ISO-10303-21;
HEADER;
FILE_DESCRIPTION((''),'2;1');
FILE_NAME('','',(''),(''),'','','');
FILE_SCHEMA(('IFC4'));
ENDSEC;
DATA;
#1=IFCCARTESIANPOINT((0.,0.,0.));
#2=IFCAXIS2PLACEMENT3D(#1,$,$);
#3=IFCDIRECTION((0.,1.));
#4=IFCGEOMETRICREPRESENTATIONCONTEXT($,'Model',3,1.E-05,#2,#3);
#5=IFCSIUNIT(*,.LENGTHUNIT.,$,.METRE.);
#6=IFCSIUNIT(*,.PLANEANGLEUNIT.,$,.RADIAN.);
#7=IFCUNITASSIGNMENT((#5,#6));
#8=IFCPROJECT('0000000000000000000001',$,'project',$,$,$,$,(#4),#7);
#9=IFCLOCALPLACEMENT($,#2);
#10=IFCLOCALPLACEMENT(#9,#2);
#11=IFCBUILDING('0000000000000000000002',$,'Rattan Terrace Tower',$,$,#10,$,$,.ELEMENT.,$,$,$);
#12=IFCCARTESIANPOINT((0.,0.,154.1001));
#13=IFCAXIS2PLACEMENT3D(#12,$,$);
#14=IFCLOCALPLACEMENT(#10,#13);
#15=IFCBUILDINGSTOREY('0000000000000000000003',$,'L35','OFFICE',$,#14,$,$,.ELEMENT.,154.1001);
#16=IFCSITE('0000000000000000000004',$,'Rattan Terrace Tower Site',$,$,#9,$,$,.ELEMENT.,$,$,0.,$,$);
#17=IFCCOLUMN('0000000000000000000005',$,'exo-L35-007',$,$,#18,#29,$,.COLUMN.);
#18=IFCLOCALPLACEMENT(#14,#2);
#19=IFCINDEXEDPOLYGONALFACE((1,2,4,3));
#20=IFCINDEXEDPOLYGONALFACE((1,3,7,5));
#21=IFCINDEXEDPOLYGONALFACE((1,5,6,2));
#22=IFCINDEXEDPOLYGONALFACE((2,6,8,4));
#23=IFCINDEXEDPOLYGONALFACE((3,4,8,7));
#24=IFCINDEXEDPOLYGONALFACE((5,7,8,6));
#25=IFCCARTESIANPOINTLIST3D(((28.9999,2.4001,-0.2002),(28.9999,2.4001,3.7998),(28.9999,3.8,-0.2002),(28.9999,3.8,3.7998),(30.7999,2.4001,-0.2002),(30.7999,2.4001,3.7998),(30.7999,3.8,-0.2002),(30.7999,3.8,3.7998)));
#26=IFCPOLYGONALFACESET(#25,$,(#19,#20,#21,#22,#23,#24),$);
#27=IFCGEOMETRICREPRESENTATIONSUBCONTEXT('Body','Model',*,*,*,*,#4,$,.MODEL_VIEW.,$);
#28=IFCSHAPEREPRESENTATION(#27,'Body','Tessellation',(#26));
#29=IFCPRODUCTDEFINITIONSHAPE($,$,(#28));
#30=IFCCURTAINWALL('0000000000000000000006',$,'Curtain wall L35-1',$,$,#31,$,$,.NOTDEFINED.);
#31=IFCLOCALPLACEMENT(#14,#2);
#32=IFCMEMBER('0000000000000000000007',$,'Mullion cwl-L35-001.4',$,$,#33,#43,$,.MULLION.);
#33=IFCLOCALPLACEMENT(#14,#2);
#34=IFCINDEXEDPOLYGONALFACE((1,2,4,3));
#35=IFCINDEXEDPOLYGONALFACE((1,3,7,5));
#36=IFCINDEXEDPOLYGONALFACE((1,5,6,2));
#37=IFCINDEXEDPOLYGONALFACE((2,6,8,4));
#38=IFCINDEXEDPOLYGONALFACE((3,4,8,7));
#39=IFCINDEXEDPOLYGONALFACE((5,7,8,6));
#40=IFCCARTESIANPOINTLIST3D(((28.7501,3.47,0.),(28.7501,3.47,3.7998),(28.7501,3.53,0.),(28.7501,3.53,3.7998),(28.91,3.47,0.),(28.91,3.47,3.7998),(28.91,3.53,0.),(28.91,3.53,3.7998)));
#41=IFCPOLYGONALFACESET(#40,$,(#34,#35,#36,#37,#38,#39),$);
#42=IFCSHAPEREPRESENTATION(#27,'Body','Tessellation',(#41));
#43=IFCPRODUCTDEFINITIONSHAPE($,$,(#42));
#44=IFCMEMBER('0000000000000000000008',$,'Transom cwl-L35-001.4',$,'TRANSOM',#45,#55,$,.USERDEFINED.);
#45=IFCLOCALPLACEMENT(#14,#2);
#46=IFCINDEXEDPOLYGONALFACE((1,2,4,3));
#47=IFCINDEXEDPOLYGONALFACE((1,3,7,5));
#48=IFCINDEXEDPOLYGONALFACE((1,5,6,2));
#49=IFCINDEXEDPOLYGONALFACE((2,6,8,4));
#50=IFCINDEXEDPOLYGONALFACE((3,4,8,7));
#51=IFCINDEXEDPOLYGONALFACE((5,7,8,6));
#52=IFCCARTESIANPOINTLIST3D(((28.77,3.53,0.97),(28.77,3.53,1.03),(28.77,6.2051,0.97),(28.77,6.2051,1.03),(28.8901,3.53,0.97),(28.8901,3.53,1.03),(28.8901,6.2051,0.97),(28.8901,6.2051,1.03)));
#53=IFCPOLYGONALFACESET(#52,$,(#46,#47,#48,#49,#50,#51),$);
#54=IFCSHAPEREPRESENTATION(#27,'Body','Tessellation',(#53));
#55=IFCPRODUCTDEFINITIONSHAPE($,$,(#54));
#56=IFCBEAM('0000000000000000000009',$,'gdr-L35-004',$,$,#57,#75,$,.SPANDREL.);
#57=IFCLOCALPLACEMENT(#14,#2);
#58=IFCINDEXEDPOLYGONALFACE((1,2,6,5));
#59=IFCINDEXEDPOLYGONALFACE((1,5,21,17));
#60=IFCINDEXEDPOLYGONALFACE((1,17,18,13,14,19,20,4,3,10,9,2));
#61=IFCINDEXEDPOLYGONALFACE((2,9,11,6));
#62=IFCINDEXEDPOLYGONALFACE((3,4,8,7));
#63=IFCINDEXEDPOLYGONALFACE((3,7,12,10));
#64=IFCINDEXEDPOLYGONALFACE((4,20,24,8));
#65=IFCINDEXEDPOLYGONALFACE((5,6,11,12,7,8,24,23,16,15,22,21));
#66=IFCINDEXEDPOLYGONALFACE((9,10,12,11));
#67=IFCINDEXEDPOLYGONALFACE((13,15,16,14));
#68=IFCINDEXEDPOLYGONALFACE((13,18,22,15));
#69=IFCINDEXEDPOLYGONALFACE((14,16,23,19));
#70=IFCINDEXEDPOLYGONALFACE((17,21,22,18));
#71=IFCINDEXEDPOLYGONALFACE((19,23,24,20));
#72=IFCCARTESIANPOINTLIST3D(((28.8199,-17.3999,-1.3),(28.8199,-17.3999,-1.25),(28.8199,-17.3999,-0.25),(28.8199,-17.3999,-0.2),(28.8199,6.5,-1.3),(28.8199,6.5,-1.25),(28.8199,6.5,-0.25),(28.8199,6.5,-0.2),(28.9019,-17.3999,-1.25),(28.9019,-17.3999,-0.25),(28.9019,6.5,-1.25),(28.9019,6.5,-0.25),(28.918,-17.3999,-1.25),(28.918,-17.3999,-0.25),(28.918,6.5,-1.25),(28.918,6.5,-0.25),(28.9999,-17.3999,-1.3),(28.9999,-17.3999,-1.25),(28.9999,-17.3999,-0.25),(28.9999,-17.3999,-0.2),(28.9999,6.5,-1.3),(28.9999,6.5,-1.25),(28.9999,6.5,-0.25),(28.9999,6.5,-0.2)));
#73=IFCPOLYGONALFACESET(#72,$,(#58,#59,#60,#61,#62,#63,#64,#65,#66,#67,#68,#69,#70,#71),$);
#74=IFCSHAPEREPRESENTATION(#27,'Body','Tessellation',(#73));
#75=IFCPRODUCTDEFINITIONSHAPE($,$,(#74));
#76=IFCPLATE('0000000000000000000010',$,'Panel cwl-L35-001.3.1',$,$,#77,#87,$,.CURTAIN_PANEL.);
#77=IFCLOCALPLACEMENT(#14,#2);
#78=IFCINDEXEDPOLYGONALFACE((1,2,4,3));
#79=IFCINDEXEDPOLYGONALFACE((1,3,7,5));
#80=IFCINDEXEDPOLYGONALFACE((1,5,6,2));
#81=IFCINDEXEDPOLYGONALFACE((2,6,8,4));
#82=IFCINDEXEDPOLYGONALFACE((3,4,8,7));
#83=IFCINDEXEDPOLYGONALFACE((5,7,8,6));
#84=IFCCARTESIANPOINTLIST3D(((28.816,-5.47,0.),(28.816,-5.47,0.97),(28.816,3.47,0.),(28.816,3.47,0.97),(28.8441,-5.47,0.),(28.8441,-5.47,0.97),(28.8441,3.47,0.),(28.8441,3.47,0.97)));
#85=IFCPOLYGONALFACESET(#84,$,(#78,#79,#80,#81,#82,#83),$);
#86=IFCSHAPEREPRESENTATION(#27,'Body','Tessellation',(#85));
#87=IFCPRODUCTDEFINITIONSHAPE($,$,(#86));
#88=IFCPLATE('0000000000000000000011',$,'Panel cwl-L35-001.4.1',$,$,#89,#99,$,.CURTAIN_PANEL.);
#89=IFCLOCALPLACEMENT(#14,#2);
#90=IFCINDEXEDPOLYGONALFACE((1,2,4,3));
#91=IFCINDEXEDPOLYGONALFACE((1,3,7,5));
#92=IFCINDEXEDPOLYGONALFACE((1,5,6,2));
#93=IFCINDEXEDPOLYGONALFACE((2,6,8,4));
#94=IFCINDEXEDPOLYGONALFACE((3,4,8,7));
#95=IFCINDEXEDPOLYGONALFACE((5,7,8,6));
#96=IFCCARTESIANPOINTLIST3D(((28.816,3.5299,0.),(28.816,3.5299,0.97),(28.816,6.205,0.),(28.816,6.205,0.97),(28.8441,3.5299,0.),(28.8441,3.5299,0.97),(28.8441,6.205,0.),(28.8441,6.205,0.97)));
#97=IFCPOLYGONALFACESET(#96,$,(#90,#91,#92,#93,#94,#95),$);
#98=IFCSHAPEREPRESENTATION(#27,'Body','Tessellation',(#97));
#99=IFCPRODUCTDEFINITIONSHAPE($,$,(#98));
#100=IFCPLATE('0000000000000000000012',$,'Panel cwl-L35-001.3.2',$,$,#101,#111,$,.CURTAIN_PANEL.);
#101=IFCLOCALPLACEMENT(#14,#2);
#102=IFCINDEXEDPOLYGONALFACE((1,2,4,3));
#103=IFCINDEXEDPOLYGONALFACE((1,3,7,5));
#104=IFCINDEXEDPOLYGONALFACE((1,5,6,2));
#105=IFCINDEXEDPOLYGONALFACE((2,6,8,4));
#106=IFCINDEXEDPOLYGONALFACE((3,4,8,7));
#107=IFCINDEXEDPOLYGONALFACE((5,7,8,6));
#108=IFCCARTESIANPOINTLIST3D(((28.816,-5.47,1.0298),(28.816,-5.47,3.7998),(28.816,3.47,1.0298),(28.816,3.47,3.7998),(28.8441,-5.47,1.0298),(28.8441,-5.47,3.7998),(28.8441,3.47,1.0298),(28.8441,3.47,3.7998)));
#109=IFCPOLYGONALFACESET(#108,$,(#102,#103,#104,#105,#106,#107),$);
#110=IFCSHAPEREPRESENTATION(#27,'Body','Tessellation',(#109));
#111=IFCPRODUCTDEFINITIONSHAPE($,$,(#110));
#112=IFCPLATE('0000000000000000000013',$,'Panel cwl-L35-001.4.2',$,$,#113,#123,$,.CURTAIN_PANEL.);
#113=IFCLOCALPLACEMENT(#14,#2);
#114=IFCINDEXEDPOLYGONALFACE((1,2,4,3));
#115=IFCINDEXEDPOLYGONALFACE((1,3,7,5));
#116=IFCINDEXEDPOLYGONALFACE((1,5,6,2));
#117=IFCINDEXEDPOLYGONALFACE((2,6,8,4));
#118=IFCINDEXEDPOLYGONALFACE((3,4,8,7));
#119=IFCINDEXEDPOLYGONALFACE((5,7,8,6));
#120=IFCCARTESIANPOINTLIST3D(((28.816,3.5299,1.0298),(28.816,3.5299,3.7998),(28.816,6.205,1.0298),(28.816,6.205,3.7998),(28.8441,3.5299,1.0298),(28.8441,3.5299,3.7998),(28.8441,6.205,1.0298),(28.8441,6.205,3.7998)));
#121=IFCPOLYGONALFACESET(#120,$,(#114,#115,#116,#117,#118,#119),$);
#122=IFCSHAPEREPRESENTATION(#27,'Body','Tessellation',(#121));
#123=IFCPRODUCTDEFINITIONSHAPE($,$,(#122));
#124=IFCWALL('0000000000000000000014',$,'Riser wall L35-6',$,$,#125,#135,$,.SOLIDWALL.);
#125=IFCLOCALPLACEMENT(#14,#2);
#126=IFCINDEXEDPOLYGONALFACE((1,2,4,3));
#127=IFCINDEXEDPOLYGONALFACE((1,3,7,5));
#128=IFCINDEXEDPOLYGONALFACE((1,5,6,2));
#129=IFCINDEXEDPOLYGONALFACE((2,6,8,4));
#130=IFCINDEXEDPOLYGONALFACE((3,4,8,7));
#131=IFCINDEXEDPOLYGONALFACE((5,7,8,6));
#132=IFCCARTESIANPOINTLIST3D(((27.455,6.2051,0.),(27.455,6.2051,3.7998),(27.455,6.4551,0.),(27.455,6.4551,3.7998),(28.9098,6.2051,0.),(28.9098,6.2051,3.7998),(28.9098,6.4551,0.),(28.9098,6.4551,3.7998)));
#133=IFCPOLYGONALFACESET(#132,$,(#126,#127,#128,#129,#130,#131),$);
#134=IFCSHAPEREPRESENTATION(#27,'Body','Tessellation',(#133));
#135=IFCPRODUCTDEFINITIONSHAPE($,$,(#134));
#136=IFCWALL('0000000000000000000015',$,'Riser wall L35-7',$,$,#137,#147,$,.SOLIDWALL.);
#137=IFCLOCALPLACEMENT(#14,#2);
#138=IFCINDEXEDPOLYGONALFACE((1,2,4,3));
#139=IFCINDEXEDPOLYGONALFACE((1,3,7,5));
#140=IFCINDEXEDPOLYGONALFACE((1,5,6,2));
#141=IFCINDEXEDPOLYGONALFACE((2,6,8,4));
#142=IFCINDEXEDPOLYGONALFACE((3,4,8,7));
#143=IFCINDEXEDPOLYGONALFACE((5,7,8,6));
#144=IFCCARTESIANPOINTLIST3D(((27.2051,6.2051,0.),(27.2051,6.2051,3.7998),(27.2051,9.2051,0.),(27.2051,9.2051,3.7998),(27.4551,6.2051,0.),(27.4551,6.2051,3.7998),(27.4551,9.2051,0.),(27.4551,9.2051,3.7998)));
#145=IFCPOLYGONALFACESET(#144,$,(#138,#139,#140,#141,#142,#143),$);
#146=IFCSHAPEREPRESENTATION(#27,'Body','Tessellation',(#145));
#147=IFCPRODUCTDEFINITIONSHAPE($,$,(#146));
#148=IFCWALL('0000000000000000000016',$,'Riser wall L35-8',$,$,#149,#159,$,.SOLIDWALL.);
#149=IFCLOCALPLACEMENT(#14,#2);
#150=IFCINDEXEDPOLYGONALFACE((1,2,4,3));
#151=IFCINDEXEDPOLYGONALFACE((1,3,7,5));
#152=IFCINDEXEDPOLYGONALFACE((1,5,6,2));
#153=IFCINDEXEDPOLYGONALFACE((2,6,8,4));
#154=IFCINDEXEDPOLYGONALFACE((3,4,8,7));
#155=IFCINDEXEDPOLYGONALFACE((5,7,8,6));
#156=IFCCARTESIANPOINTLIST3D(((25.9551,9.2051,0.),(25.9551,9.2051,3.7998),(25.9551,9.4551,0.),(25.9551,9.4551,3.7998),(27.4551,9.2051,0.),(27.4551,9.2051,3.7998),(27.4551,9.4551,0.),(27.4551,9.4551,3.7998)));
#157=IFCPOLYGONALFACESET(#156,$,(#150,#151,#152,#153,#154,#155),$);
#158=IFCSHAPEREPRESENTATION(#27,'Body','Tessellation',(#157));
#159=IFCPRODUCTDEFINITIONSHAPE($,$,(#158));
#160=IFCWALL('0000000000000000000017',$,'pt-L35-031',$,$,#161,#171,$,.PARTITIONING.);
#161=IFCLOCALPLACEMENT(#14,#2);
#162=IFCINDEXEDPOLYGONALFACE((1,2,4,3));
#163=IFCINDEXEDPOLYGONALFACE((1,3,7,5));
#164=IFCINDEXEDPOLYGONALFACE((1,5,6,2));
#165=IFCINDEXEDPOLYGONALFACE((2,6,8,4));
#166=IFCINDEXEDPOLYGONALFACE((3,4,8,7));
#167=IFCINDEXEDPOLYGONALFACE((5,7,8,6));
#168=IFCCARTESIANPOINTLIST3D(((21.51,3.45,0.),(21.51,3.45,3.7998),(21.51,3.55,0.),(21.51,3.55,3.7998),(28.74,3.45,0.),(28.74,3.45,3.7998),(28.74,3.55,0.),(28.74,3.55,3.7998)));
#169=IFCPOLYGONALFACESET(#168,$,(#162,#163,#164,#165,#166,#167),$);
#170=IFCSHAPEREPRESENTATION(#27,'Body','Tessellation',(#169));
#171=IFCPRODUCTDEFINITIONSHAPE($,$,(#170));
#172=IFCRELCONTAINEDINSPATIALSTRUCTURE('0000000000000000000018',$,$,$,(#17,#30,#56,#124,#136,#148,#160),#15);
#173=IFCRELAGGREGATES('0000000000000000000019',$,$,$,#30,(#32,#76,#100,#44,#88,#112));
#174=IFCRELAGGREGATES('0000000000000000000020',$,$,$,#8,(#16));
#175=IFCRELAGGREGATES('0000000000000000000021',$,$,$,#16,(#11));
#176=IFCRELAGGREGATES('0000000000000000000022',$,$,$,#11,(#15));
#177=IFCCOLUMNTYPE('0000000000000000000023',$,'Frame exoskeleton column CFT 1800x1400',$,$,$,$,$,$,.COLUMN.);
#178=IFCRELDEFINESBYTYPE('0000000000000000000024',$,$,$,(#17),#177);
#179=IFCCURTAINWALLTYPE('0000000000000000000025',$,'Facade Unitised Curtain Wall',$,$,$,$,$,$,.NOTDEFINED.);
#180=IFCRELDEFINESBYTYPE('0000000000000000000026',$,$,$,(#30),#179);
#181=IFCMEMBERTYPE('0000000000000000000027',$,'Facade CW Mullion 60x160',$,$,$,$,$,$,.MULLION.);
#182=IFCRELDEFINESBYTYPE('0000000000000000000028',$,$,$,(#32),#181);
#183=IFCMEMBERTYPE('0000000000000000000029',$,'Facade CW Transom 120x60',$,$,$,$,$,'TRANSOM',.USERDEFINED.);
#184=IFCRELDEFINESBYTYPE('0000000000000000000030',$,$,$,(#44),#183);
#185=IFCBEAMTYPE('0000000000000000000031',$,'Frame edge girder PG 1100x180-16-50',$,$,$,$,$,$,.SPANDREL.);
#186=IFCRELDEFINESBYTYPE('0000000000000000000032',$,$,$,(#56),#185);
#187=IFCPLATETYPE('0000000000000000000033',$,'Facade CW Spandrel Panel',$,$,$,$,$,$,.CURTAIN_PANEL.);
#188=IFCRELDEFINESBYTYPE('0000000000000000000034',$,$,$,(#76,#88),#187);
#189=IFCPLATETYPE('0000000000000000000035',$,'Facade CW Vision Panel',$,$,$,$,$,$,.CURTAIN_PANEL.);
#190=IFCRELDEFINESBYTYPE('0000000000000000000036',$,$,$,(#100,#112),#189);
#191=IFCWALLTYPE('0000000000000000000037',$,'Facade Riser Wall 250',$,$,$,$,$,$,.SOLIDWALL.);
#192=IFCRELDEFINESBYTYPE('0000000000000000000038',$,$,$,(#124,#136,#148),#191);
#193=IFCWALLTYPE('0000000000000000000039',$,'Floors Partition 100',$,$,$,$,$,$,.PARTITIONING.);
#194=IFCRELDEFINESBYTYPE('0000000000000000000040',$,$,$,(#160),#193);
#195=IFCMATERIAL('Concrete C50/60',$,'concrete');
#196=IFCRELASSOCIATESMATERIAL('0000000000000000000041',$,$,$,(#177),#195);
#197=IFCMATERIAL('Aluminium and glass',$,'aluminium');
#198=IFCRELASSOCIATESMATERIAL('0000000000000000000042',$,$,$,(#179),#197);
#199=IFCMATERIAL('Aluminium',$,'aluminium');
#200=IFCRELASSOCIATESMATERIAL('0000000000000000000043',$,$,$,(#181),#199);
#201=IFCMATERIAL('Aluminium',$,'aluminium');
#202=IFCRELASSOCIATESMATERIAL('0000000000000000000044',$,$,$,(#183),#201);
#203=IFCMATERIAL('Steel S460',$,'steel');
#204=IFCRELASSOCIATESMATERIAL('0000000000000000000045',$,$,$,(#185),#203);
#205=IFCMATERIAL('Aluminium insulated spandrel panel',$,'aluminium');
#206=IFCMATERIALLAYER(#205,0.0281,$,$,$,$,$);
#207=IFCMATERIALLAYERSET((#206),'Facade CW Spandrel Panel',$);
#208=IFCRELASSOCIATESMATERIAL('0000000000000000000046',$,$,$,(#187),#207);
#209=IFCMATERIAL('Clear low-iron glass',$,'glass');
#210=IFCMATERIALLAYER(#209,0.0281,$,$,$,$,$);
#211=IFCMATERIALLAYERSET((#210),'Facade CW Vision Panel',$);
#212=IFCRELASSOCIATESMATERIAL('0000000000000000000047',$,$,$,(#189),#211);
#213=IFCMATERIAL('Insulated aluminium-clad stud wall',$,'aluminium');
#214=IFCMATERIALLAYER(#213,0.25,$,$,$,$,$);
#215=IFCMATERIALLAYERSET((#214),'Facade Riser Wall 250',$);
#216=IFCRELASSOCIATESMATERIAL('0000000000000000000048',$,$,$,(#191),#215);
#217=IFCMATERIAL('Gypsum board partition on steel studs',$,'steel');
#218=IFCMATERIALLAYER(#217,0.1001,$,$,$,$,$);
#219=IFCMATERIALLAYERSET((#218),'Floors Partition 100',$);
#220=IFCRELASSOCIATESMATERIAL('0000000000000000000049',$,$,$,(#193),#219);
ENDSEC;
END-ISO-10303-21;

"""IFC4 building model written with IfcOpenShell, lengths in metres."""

from ifc_helpers import new_model, si_unit, direction, frame, frame_2d, origin, origin_2d, place, context, subcontext, project, spatial, rectangle, i_section, extrude, material, layer, layer_set, material_profile, profile_set, type_object, element, aggregate, save


model = new_model("IFC4")

# Units and contexts
model_context = context("Model", 3, precision=1e-05, world=origin(), true_north=direction((0.0, 1.0)))
body_context = subcontext(model_context, "Body", "Model", "MODEL_VIEW")
ifc_project = project(units=[si_unit("LENGTHUNIT", "METRE"), si_unit("PLANEANGLEUNIT", "RADIAN")], contexts=[model_context])

# Site, building, storey
site_placement = place(None, origin())
site = spatial("IfcSite", under=ifc_project, at=site_placement, Name="Rattan Terrace Tower Site", CompositionType="ELEMENT", RefElevation=0.0)
building_placement = place(site_placement, origin())
building = spatial("IfcBuilding", under=site, at=building_placement, Name="Rattan Terrace Tower", CompositionType="ELEMENT")
storey_placement = place(building_placement, frame((0.0, 0.0, 154.1001)))
storey = spatial("IfcBuildingStorey", under=building, at=storey_placement, Name="L35", Description="OFFICE", CompositionType="ELEMENT", Elevation=154.1001)

# Column
ifc_material_1 = material(Name="Concrete C50/60", Category="concrete")
ifc_material_profile_1 = material_profile(ifc_material_1, rectangle(XDim=1.3999, YDim=1.8, at=origin_2d()), Name="CFT 1800x1400")
ifc_profile_set_1 = profile_set([ifc_material_profile_1], Name="Concrete C50/60")
column_type = type_object("IfcColumnType", Name="Frame exoskeleton column CFT 1800x1400", PredefinedType="COLUMN", material=ifc_profile_set_1)
column_placement = place(storey_placement, frame((29.8999, 3.1001, -0.2002), z_axis=(0.0, 0.0, 1.0), x_axis=(0.0, 1.0, 0.0)))
element("IfcColumn", 1, at=column_placement, inside=storey, type_object=column_type, Name="exo-L35-007", PredefinedType="COLUMN", context=body_context, shape_type="SweptSolid", body=[
    extrude(rectangle(XDim=1.3999, YDim=1.8, at=origin_2d()), origin(), (0.0, 0.0, 1.0), 4.0),
])

# Curtain wall, members
ifc_material_2 = material(Name="Aluminium and glass", Category="aluminium")
curtain_wall_type = type_object("IfcCurtainWallType", Name="Facade Unitised Curtain Wall", PredefinedType="NOTDEFINED", material=ifc_material_2)
curtain_wall_placement = place(storey_placement, origin())
curtain_wall = element("IfcCurtainWall", 2, at=curtain_wall_placement, inside=storey, type_object=curtain_wall_type, Name="Curtain wall L35-1", PredefinedType="NOTDEFINED")
ifc_material_3 = material(Name="Aluminium", Category="aluminium")
ifc_material_profile_2 = material_profile(ifc_material_3, rectangle(XDim=0.0601, YDim=0.1599, at=origin_2d()), Name="Aluminium 60x160")
ifc_profile_set_2 = profile_set([ifc_material_profile_2], Name="Aluminium")
member_type_1 = type_object("IfcMemberType", Name="Facade CW Mullion 60x160", PredefinedType="MULLION", material=ifc_profile_set_2)
member_1_placement = place(storey_placement, frame((28.8301, 3.5, 0.0), z_axis=(0.0, 0.0, 1.0), x_axis=(0.0, 1.0, 0.0)))
member_1 = element("IfcMember", 3, at=member_1_placement, type_object=member_type_1, Name="Mullion cwl-L35-001.4", PredefinedType="MULLION", context=body_context, shape_type="SweptSolid", body=[
    extrude(rectangle(XDim=0.0601, YDim=0.1599, at=origin_2d()), origin(), (0.0, 0.0, 1.0), 3.7998),
])
ifc_material_4 = material(Name="Aluminium", Category="aluminium")
ifc_material_profile_3 = material_profile(ifc_material_4, rectangle(XDim=0.1201, YDim=0.0601, at=origin_2d()), Name="Aluminium 120x60")
ifc_profile_set_3 = profile_set([ifc_material_profile_3], Name="Aluminium")
member_type_2 = type_object("IfcMemberType", Name="Facade CW Transom 120x60", ElementType="TRANSOM", PredefinedType="USERDEFINED", material=ifc_profile_set_3)
member_2_placement = place(storey_placement, frame((28.8301, 3.53, 1.0), z_axis=(0.0, 1.0, 0.0), x_axis=(-1.0, 0.0, 0.0)))
member_2 = element("IfcMember", 4, at=member_2_placement, type_object=member_type_2, Name="Transom cwl-L35-001.4", ObjectType="TRANSOM", PredefinedType="USERDEFINED", context=body_context, shape_type="SweptSolid", body=[
    extrude(rectangle(XDim=0.1201, YDim=0.0601, at=origin_2d()), origin(), (0.0, 0.0, 1.0), 2.675),
])

# Beam
ifc_material_5 = material(Name="Steel S460", Category="steel")
ifc_material_profile_4 = material_profile(ifc_material_5, i_section(OverallWidth=0.1799, OverallDepth=1.1001, WebThickness=0.0161, FlangeThickness=0.05, at=origin_2d()), Name="PG 1100x180-16-50")
ifc_profile_set_4 = profile_set([ifc_material_profile_4], Name="Steel S460")
beam_type = type_object("IfcBeamType", Name="Frame edge girder PG 1100x180-16-50", PredefinedType="SPANDREL", material=ifc_profile_set_4)
beam_placement = place(storey_placement, frame((28.9099, 6.5, -0.75), z_axis=(0.0, -1.0, 0.0), x_axis=(1.0, 0.0, 0.0)))
element("IfcBeam", 5, at=beam_placement, inside=storey, type_object=beam_type, Name="gdr-L35-004", PredefinedType="SPANDREL", context=body_context, shape_type="SweptSolid", body=[
    extrude(i_section(OverallWidth=0.1799, OverallDepth=1.1001, WebThickness=0.0161, FlangeThickness=0.05, at=origin_2d()), origin(), (0.0, 0.0, 1.0), 23.8999),
])

# Plates
ifc_material_6 = material(Name="Aluminium insulated spandrel panel", Category="aluminium")
ifc_layer_1 = layer(ifc_material_6, 0.0281)
ifc_layer_set_1 = layer_set([ifc_layer_1], Name="Facade CW Spandrel Panel")
plate_type_1 = type_object("IfcPlateType", Name="Facade CW Spandrel Panel", PredefinedType="CURTAIN_PANEL", material=ifc_layer_set_1)
plate_1_placement = place(storey_placement, frame((28.8301, -1.0, 0.0), z_axis=(0.0, 0.0, 1.0), x_axis=(0.0, 1.0, 0.0)))
plate_1 = element("IfcPlate", 6, at=plate_1_placement, type_object=plate_type_1, Name="Panel cwl-L35-001.3.1", PredefinedType="CURTAIN_PANEL", context=body_context, shape_type="SweptSolid", body=[
    extrude(rectangle(XDim=8.9399, YDim=0.0281, at=origin_2d()), origin(), (0.0, 0.0, 1.0), 0.97),
])
plate_2_placement = place(storey_placement, frame((28.8301, 4.8674, 0.0), z_axis=(0.0, 0.0, 1.0), x_axis=(0.0, 1.0, 0.0)))
plate_2 = element("IfcPlate", 7, at=plate_2_placement, type_object=plate_type_1, Name="Panel cwl-L35-001.4.1", PredefinedType="CURTAIN_PANEL", context=body_context, shape_type="SweptSolid", body=[
    extrude(rectangle(XDim=2.675, YDim=0.0281, at=origin_2d()), origin(), (0.0, 0.0, 1.0), 0.97),
])
ifc_material_7 = material(Name="Clear low-iron glass", Category="glass")
ifc_layer_2 = layer(ifc_material_7, 0.0281)
ifc_layer_set_2 = layer_set([ifc_layer_2], Name="Facade CW Vision Panel")
plate_type_2 = type_object("IfcPlateType", Name="Facade CW Vision Panel", PredefinedType="CURTAIN_PANEL", material=ifc_layer_set_2)
plate_3_placement = place(storey_placement, frame((28.8301, -1.0, 1.0298), z_axis=(0.0, 0.0, 1.0), x_axis=(0.0, 1.0, 0.0)))
plate_3 = element("IfcPlate", 8, at=plate_3_placement, type_object=plate_type_2, Name="Panel cwl-L35-001.3.2", PredefinedType="CURTAIN_PANEL", context=body_context, shape_type="SweptSolid", body=[
    extrude(rectangle(XDim=8.9399, YDim=0.0281, at=origin_2d()), origin(), (0.0, 0.0, 1.0), 2.77),
])
plate_4_placement = place(storey_placement, frame((28.8301, 4.8674, 1.0298), z_axis=(0.0, 0.0, 1.0), x_axis=(0.0, 1.0, 0.0)))
plate_4 = element("IfcPlate", 9, at=plate_4_placement, type_object=plate_type_2, Name="Panel cwl-L35-001.4.2", PredefinedType="CURTAIN_PANEL", context=body_context, shape_type="SweptSolid", body=[
    extrude(rectangle(XDim=2.675, YDim=0.0281, at=origin_2d()), origin(), (0.0, 0.0, 1.0), 2.77),
])
aggregate(curtain_wall, [member_1, plate_1, plate_3, member_2, plate_2, plate_4])

# Walls
ifc_material_8 = material(Name="Insulated aluminium-clad stud wall", Category="aluminium")
ifc_layer_3 = layer(ifc_material_8, 0.25)
ifc_layer_set_3 = layer_set([ifc_layer_3], Name="Facade Riser Wall 250")
wall_type_1 = type_object("IfcWallType", Name="Facade Riser Wall 250", PredefinedType="SOLIDWALL", material=ifc_layer_set_3)
wall_1_placement = place(storey_placement, frame((28.9099, 6.3301, 0.0), z_axis=(0.0, 0.0, 1.0), x_axis=(-1.0, 0.0, 0.0)))
element("IfcWall", 10, at=wall_1_placement, inside=storey, type_object=wall_type_1, Name="Riser wall L35-6", PredefinedType="SOLIDWALL", context=body_context, shape_type="SweptSolid", body=[
    extrude(rectangle(XDim=1.4548, YDim=0.25, at=frame_2d((0.7275, 0.0))), origin(), (0.0, 0.0, 1.0), 3.7998),
])
wall_2_placement = place(storey_placement, frame((27.3301, 6.2051, 0.0), z_axis=(0.0, 0.0, 1.0), x_axis=(0.0, 1.0, 0.0)))
element("IfcWall", 11, at=wall_2_placement, inside=storey, type_object=wall_type_1, Name="Riser wall L35-7", PredefinedType="SOLIDWALL", context=body_context, shape_type="SweptSolid", body=[
    extrude(rectangle(XDim=3.0, YDim=0.25, at=frame_2d((1.5, 0.0))), origin(), (0.0, 0.0, 1.0), 3.7998),
])
wall_3_placement = place(storey_placement, frame((27.4551, 9.3301, 0.0), z_axis=(0.0, 0.0, 1.0), x_axis=(-1.0, 0.0, 0.0)))
element("IfcWall", 12, at=wall_3_placement, inside=storey, type_object=wall_type_1, Name="Riser wall L35-8", PredefinedType="SOLIDWALL", context=body_context, shape_type="SweptSolid", body=[
    extrude(rectangle(XDim=1.5, YDim=0.25, at=frame_2d((0.75, 0.0))), origin(), (0.0, 0.0, 1.0), 3.7998),
])
ifc_material_9 = material(Name="Gypsum board partition on steel studs", Category="steel")
ifc_layer_4 = layer(ifc_material_9, 0.1001)
ifc_layer_set_4 = layer_set([ifc_layer_4], Name="Floors Partition 100")
wall_type_2 = type_object("IfcWallType", Name="Floors Partition 100", PredefinedType="PARTITIONING", material=ifc_layer_set_4)
wall_4_placement = place(storey_placement, frame((28.74, 3.5, 0.0), z_axis=(0.0, 0.0, 1.0), x_axis=(-1.0, 0.0, 0.0)))
element("IfcWall", 13, at=wall_4_placement, inside=storey, type_object=wall_type_2, Name="pt-L35-031", PredefinedType="PARTITIONING", context=body_context, shape_type="SweptSolid", body=[
    extrude(rectangle(XDim=7.23, YDim=0.1001, at=frame_2d((3.615, 0.0))), origin(), (0.0, 0.0, 1.0), 3.7998),
])

save(model, "model.ifc")
